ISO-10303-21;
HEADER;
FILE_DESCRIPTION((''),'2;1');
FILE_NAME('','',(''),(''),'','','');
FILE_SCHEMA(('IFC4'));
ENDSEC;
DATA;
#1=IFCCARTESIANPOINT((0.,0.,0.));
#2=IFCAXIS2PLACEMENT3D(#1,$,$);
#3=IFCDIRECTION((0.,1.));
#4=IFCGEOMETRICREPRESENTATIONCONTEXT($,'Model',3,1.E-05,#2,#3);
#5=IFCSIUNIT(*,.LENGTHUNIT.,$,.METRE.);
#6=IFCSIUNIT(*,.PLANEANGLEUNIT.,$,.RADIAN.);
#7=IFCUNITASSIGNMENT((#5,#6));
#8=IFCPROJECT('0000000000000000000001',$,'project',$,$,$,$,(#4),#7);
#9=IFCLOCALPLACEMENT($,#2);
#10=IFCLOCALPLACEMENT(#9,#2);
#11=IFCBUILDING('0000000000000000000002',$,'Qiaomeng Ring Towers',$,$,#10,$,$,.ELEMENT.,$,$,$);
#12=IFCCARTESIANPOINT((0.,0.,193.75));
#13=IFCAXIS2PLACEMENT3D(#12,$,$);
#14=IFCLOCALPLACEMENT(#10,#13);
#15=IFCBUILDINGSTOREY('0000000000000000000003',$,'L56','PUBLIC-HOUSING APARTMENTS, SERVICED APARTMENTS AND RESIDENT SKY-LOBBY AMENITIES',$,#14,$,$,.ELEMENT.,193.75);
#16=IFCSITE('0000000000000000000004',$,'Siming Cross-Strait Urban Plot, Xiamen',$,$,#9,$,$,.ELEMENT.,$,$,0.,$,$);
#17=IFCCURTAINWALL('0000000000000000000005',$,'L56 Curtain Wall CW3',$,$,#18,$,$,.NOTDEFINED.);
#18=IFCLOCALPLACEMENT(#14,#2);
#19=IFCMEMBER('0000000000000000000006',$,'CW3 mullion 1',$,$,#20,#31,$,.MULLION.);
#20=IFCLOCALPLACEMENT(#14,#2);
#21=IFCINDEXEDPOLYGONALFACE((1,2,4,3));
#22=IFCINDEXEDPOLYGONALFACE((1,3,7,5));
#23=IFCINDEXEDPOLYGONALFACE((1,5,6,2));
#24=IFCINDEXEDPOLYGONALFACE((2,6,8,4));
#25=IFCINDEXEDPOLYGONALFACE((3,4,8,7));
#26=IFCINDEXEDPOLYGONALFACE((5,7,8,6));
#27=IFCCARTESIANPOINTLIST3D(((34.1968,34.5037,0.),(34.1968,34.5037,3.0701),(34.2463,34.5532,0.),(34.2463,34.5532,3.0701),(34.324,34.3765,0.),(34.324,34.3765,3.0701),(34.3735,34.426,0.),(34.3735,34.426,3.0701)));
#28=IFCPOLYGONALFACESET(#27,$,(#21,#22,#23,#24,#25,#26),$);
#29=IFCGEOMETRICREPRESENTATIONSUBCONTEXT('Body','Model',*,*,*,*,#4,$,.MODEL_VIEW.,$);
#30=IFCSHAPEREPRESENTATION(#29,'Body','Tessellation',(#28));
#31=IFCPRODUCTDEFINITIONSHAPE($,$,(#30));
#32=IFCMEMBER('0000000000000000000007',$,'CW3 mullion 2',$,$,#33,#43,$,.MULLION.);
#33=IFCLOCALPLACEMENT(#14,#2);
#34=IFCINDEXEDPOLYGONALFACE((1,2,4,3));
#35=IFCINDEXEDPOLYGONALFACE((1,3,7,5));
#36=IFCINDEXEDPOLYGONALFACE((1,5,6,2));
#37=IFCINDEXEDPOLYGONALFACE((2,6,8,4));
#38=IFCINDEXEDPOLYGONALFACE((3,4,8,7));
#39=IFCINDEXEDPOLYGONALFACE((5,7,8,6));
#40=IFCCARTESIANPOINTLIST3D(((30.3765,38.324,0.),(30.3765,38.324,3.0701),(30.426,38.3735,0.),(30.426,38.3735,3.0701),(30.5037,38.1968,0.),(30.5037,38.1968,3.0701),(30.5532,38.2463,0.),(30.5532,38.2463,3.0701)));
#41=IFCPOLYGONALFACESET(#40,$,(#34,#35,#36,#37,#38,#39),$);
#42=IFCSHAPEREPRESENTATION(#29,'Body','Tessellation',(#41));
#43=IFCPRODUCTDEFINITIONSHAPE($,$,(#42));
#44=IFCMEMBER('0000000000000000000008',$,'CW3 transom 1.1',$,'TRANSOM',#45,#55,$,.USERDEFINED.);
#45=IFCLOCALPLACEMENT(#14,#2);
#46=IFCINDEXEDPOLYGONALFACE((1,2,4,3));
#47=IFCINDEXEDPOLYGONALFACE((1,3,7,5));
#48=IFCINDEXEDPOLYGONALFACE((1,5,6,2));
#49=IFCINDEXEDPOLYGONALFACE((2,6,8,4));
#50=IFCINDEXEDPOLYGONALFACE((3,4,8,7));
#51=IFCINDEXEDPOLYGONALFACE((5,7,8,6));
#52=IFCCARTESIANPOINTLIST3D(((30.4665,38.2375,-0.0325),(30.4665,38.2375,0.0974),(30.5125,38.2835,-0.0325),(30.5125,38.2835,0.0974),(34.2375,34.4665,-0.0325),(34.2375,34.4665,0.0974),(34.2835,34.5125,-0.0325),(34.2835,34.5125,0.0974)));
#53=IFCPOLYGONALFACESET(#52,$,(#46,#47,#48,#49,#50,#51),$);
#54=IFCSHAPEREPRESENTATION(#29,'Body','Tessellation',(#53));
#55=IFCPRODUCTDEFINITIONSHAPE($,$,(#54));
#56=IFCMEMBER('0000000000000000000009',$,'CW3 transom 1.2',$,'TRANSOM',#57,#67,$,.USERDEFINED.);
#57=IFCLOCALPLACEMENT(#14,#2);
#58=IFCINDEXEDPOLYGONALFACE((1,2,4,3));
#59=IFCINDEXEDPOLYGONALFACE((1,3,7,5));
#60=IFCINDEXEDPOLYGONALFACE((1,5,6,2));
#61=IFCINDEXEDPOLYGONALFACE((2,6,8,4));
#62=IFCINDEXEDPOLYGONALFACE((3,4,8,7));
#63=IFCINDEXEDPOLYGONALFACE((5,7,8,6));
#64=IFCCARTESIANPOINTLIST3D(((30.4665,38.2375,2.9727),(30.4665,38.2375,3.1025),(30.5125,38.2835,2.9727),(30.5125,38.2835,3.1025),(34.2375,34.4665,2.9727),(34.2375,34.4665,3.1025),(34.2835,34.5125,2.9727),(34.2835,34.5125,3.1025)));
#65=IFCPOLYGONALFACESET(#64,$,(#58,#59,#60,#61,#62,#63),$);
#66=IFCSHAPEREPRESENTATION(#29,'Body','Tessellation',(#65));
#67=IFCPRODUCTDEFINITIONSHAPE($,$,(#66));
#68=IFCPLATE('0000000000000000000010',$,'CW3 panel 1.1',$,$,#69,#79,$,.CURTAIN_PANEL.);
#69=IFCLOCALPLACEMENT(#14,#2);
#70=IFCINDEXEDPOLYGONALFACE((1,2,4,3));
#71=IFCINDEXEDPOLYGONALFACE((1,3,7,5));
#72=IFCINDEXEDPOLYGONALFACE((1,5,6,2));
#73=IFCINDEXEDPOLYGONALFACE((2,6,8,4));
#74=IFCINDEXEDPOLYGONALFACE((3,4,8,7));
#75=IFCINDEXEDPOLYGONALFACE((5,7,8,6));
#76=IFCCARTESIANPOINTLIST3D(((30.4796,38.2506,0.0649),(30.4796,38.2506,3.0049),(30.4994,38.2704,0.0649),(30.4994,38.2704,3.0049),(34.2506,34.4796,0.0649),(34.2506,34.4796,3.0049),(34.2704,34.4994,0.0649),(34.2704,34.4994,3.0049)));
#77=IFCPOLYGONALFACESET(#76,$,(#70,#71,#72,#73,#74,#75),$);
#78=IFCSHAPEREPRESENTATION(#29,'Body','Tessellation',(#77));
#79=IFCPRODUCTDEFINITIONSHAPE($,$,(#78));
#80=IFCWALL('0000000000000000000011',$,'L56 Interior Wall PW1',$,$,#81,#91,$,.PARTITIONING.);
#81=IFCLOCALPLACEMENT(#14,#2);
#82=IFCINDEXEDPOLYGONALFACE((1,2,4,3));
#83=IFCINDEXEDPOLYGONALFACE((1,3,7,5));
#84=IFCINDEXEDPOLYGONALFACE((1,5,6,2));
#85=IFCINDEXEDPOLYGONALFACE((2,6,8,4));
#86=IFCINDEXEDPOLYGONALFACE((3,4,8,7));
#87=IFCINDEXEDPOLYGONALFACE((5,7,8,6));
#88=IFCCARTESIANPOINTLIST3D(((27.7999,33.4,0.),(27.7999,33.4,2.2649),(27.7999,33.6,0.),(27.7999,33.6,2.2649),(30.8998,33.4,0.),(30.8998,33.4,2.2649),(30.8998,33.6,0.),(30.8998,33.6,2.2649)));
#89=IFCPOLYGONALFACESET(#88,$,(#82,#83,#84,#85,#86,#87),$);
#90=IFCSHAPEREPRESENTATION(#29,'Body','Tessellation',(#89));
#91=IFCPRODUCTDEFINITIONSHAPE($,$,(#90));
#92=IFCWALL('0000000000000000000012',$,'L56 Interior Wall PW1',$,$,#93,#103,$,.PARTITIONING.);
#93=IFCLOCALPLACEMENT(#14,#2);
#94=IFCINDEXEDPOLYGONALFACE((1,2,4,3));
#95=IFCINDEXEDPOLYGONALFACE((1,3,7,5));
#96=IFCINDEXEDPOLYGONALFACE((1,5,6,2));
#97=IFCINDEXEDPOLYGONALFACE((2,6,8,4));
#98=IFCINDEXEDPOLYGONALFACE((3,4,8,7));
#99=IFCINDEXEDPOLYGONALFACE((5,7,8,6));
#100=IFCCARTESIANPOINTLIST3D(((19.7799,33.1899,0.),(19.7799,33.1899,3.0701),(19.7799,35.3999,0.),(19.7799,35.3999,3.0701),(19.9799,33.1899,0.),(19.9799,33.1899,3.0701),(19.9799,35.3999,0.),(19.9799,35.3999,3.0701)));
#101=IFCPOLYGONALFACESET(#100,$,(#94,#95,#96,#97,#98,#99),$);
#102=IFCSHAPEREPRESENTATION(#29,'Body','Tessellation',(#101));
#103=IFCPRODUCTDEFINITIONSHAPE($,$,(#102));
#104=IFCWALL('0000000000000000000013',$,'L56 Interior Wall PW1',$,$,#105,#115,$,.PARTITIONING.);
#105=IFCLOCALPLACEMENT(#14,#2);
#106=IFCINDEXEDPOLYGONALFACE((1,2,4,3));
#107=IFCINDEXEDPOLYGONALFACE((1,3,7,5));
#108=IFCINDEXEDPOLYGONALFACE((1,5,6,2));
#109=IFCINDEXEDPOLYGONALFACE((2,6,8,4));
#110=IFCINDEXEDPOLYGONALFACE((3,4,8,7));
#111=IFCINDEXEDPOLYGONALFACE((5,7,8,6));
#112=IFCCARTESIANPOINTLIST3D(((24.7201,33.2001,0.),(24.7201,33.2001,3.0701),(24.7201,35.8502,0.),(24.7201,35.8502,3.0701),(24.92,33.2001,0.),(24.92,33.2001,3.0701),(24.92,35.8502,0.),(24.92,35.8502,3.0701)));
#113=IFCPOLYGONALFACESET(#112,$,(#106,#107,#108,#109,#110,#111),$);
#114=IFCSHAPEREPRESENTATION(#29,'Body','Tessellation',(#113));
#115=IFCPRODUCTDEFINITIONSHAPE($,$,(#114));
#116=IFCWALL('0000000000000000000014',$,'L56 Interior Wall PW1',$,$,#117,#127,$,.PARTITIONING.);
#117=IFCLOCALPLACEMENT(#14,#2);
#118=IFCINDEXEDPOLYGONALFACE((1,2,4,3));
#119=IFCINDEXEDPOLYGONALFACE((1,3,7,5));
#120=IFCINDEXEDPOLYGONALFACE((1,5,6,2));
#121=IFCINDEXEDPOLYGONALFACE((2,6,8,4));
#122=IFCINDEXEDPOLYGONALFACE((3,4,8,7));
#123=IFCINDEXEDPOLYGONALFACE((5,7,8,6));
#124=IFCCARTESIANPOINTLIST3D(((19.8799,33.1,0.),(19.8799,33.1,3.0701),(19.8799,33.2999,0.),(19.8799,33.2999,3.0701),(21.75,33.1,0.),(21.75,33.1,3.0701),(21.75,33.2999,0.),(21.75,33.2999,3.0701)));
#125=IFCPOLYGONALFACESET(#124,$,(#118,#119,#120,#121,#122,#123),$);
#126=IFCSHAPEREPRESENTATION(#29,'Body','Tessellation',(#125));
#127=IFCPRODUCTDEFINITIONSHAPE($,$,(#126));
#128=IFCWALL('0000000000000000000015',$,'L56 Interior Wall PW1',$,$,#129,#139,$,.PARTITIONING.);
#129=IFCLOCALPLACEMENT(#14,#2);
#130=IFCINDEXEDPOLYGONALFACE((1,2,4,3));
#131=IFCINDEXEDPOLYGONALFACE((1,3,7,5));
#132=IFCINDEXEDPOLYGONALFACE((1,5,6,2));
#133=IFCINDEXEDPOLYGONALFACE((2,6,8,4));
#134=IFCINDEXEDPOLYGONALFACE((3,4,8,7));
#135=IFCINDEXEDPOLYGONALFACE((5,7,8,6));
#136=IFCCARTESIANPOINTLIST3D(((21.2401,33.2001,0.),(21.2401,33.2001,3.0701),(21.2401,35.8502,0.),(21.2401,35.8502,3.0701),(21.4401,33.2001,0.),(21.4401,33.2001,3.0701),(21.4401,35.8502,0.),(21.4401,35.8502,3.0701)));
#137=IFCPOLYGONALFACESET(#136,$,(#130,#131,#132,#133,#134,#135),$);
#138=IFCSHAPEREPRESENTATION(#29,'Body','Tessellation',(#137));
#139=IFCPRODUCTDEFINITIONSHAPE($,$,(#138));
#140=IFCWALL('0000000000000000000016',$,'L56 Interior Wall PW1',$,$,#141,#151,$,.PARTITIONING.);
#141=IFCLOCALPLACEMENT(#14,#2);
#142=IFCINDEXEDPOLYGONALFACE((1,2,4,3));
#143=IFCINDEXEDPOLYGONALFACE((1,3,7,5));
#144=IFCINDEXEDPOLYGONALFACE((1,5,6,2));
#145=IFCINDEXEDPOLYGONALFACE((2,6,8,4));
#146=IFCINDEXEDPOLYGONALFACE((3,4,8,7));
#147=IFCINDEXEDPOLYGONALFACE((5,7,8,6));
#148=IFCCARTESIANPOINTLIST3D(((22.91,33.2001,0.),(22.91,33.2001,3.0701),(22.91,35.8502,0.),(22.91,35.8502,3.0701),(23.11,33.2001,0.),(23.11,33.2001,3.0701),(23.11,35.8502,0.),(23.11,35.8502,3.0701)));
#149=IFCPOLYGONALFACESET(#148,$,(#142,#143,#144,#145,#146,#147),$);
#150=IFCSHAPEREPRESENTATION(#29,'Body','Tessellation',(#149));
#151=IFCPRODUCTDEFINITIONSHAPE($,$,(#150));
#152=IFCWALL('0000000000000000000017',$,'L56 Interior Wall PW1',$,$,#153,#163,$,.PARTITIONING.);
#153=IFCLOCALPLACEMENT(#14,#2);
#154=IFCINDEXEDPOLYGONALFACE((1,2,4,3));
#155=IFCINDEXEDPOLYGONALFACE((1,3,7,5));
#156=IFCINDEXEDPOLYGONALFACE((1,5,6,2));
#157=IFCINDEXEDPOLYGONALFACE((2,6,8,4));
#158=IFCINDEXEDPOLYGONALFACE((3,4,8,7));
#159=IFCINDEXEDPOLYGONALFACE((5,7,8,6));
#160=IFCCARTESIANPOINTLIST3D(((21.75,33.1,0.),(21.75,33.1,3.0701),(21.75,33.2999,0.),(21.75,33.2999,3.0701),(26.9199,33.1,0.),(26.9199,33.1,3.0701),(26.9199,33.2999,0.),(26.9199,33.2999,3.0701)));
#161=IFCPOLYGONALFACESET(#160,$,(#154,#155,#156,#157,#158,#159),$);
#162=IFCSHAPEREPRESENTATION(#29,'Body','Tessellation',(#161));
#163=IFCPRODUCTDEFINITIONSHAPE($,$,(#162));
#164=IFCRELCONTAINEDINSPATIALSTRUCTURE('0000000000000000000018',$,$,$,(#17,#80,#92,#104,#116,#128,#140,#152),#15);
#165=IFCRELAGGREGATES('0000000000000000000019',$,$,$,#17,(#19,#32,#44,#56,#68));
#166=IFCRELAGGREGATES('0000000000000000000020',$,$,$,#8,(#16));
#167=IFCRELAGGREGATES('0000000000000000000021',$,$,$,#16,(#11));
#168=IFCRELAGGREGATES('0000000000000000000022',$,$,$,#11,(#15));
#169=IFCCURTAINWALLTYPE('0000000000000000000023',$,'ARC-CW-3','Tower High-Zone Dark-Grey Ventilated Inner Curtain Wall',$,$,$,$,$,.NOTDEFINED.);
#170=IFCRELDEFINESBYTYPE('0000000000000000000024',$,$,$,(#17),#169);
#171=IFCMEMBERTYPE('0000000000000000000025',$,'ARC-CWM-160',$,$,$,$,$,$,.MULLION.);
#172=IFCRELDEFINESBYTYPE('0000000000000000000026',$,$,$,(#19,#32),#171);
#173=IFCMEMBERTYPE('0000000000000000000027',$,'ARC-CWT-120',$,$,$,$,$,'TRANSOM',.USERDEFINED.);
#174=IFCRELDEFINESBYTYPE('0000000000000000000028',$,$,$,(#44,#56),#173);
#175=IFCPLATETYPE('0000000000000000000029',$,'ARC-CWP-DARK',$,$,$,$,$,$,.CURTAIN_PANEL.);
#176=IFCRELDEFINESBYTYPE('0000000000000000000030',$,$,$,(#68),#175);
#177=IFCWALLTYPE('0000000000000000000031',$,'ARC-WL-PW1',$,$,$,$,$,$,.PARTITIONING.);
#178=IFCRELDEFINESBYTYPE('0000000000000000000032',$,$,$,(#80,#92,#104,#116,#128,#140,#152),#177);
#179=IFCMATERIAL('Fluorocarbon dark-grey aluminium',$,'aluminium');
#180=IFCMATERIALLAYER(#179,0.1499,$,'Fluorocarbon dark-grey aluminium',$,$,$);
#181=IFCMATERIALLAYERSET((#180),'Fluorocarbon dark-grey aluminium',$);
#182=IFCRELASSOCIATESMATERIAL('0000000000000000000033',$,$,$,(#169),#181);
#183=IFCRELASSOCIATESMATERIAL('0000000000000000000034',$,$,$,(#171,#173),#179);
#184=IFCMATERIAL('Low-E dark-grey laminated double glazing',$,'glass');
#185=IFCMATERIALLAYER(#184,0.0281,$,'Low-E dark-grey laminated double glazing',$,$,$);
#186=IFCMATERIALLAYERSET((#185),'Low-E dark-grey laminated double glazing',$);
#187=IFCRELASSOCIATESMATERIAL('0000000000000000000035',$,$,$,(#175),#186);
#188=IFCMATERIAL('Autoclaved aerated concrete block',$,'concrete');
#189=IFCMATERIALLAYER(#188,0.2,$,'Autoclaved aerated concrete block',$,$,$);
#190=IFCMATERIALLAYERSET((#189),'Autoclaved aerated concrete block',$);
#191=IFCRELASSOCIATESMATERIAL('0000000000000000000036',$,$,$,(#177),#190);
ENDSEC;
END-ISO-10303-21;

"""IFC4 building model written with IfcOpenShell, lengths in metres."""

from ifc_helpers import new_model, si_unit, direction, frame, frame_2d, origin, origin_2d, place, context, subcontext, project, spatial, rectangle, extrude, source, transform, mapped, material, layer, layer_set, material_profile, profile_set, type_object, element, aggregate, save


model = new_model("IFC4")

# Units and contexts
model_context = context("Model", 3, precision=1e-05, world=origin(), true_north=direction((0.0, 1.0)))
body_context = subcontext(model_context, "Body", "Model", "MODEL_VIEW")
ifc_project = project(units=[si_unit("LENGTHUNIT", "METRE"), si_unit("PLANEANGLEUNIT", "RADIAN")], contexts=[model_context])

# Site, building, storey
site_placement = place(None, origin())
site = spatial("IfcSite", under=ifc_project, at=site_placement, Name="Siming Cross-Strait Urban Plot, Xiamen", CompositionType="ELEMENT", RefElevation=0.0)
building_placement = place(site_placement, origin())
building = spatial("IfcBuilding", under=site, at=building_placement, Name="Qiaomeng Ring Towers", CompositionType="ELEMENT")
storey_placement = place(building_placement, frame((0.0, 0.0, 193.75)))
storey = spatial("IfcBuildingStorey", under=building, at=storey_placement, Name="L56", Description="PUBLIC-HOUSING APARTMENTS, SERVICED APARTMENTS AND RESIDENT SKY-LOBBY AMENITIES", CompositionType="ELEMENT", Elevation=193.75)

# Curtain wall, members, plate
ifc_material_1 = material(Name="Fluorocarbon dark-grey aluminium", Category="aluminium")
ifc_layer_1 = layer(ifc_material_1, 0.1499, Name="Fluorocarbon dark-grey aluminium")
ifc_layer_set_1 = layer_set([ifc_layer_1], Name="Fluorocarbon dark-grey aluminium")
curtain_wall_type = type_object("IfcCurtainWallType", Name="ARC-CW-3", Description="Tower High-Zone Dark-Grey Ventilated Inner Curtain Wall", PredefinedType="NOTDEFINED", material=ifc_layer_set_1)
curtain_wall_placement = place(storey_placement, origin())
curtain_wall = element("IfcCurtainWall", 1, at=curtain_wall_placement, inside=storey, type_object=curtain_wall_type, Name="L56 Curtain Wall CW3", PredefinedType="NOTDEFINED")
ifc_material_profile_1 = material_profile(ifc_material_1, rectangle(XDim=0.0701, YDim=0.1799, at=origin_2d()), Name="ALU MULL 70x180")
ifc_profile_set_1 = profile_set([ifc_material_profile_1], Name="Fluorocarbon dark-grey aluminium")
member_type_1 = type_object("IfcMemberType", Name="ARC-CWM-160", PredefinedType="MULLION", material=ifc_profile_set_1)
shared_shape_1 = source(origin(), body_context, "Body", "SweptSolid", [
    extrude(rectangle(XDim=0.0701, YDim=0.1799, at=origin_2d()), origin(), (0.0, 0.0, 1.0), 3.0701),
])
member_1_placement = place(storey_placement, frame((34.2852, 34.4648, 0.0), z_axis=(0.0, 0.0, 1.0), x_axis=(-0.707107, -0.707107, 0.0)))
member_1 = element("IfcMember", 2, at=member_1_placement, type_object=member_type_1, Name="CW3 mullion 1", PredefinedType="MULLION", context=body_context, shape_type="MappedRepresentation", body=[
    mapped(shared_shape_1, transform((0.0, 0.0, 0.0), x_axis=(1.0, 0.0, 0.0), y_axis=(0.0, 1.0, 0.0), z_axis=(0.0, 0.0, 1.0), scale=1.0)),
])
member_2_placement = place(storey_placement, frame((30.4648, 38.2852, 0.0), z_axis=(0.0, 0.0, 1.0), x_axis=(-0.707107, -0.707107, 0.0)))
member_2 = element("IfcMember", 3, at=member_2_placement, type_object=member_type_1, Name="CW3 mullion 2", PredefinedType="MULLION", context=body_context, shape_type="MappedRepresentation", body=[
    mapped(shared_shape_1, transform((0.0, 0.0, 0.0), x_axis=(1.0, 0.0, 0.0), y_axis=(0.0, 1.0, 0.0), z_axis=(0.0, 0.0, 1.0), scale=1.0)),
])
ifc_material_profile_2 = material_profile(ifc_material_1, rectangle(XDim=0.0649, YDim=0.1299, at=origin_2d()), Name="ALU TRAN 65x130")
ifc_profile_set_2 = profile_set([ifc_material_profile_2], Name="Fluorocarbon dark-grey aluminium")
member_type_2 = type_object("IfcMemberType", Name="ARC-CWT-120", ElementType="TRANSOM", PredefinedType="USERDEFINED", material=ifc_profile_set_2)
shared_shape_2 = source(origin(), body_context, "Body", "SweptSolid", [
    extrude(rectangle(XDim=0.0649, YDim=0.1299, at=origin_2d()), origin(), (0.0, 0.0, 1.0), 5.333),
])
member_3_placement = place(storey_placement, frame((34.2605, 34.4895, 0.0325), z_axis=(-0.707107, 0.707107, 0.0), x_axis=(-0.707107, -0.707107, 0.0)))
member_3 = element("IfcMember", 4, at=member_3_placement, type_object=member_type_2, Name="CW3 transom 1.1", ObjectType="TRANSOM", PredefinedType="USERDEFINED", context=body_context, shape_type="MappedRepresentation", body=[
    mapped(shared_shape_2, transform((0.0, 0.0, 0.0), x_axis=(1.0, 0.0, 0.0), y_axis=(0.0, 1.0, 0.0), z_axis=(0.0, 0.0, 1.0), scale=1.0)),
])
member_4_placement = place(storey_placement, frame((34.2605, 34.4895, 3.0376), z_axis=(-0.707107, 0.707107, 0.0), x_axis=(-0.707107, -0.707107, 0.0)))
member_4 = element("IfcMember", 5, at=member_4_placement, type_object=member_type_2, Name="CW3 transom 1.2", ObjectType="TRANSOM", PredefinedType="USERDEFINED", context=body_context, shape_type="MappedRepresentation", body=[
    mapped(shared_shape_2, transform((0.0, 0.0, 0.0), x_axis=(1.0, 0.0, 0.0), y_axis=(0.0, 1.0, 0.0), z_axis=(0.0, 0.0, 1.0), scale=1.0)),
])
ifc_material_2 = material(Name="Low-E dark-grey laminated double glazing", Category="glass")
ifc_layer_2 = layer(ifc_material_2, 0.0281, Name="Low-E dark-grey laminated double glazing")
ifc_layer_set_2 = layer_set([ifc_layer_2], Name="Low-E dark-grey laminated double glazing")
plate_type = type_object("IfcPlateType", Name="ARC-CWP-DARK", PredefinedType="CURTAIN_PANEL", material=ifc_layer_set_2)
shared_shape_3 = source(origin(), body_context, "Body", "SweptSolid", [
    extrude(rectangle(XDim=5.333, YDim=0.0281, at=origin_2d()), origin(), (0.0, 0.0, 1.0), 2.9399),
])
plate_placement = place(storey_placement, frame((32.375, 36.375, 0.0649), z_axis=(0.0, 0.0, 1.0), x_axis=(-0.707107, 0.707107, 0.0)))
plate = element("IfcPlate", 6, at=plate_placement, type_object=plate_type, Name="CW3 panel 1.1", PredefinedType="CURTAIN_PANEL", context=body_context, shape_type="MappedRepresentation", body=[
    mapped(shared_shape_3, transform((0.0, 0.0, 0.0), x_axis=(1.0, 0.0, 0.0), y_axis=(0.0, 1.0, 0.0), z_axis=(0.0, 0.0, 1.0), scale=1.0)),
])
aggregate(curtain_wall, [member_1, member_2, member_3, member_4, plate])

# Walls
ifc_material_3 = material(Name="Autoclaved aerated concrete block", Category="concrete")
ifc_layer_3 = layer(ifc_material_3, 0.2, Name="Autoclaved aerated concrete block")
ifc_layer_set_3 = layer_set([ifc_layer_3], Name="Autoclaved aerated concrete block")
wall_type_1 = type_object("IfcWallType", Name="ARC-WL-PW1", PredefinedType="PARTITIONING", material=ifc_layer_set_3)
wall_1_placement = place(storey_placement, frame((27.8, 33.5, 0.0), z_axis=(0.0, 0.0, 1.0), x_axis=(1.0, 0.0, 0.0)))
element("IfcWall", 7, at=wall_1_placement, inside=storey, type_object=wall_type_1, Name="L56 Interior Wall PW1", PredefinedType="PARTITIONING", context=body_context, shape_type="SweptSolid", body=[
    extrude(rectangle(XDim=3.0999, YDim=0.2, at=frame_2d((1.5498, 0.0))), origin(), (0.0, 0.0, 1.0), 2.2649),
])
wall_2_placement = place(storey_placement, frame((19.8799, 33.1899, 0.0), z_axis=(0.0, 0.0, 1.0), x_axis=(0.0, 1.0, 0.0)))
element("IfcWall", 8, at=wall_2_placement, inside=storey, type_object=wall_type_1, Name="L56 Interior Wall PW1", PredefinedType="PARTITIONING", context=body_context, shape_type="SweptSolid", body=[
    extrude(rectangle(XDim=2.21, YDim=0.2, at=frame_2d((1.105, 0.0))), origin(), (0.0, 0.0, 1.0), 3.0701),
])
wall_3_placement = place(storey_placement, frame((24.8201, 33.2, 0.0), z_axis=(0.0, 0.0, 1.0), x_axis=(0.0, 1.0, 0.0)))
element("IfcWall", 9, at=wall_3_placement, inside=storey, type_object=wall_type_1, Name="L56 Interior Wall PW1", PredefinedType="PARTITIONING", context=body_context, shape_type="SweptSolid", body=[
    extrude(rectangle(XDim=2.6501, YDim=0.2, at=frame_2d((1.3252, 0.0))), origin(), (0.0, 0.0, 1.0), 3.0701),
])
wall_4_placement = place(storey_placement, frame((19.8799, 33.2, 0.0), z_axis=(0.0, 0.0, 1.0), x_axis=(1.0, 0.0, 0.0)))
element("IfcWall", 10, at=wall_4_placement, inside=storey, type_object=wall_type_1, Name="L56 Interior Wall PW1", PredefinedType="PARTITIONING", context=body_context, shape_type="SweptSolid", body=[
    extrude(rectangle(XDim=1.8701, YDim=0.2, at=frame_2d((0.9351, 0.0))), origin(), (0.0, 0.0, 1.0), 3.0701),
])
for number, where, z_axis, x_axis, name in (
    (11, (21.3401, 33.2, 0.0), (0.0, 0.0, 1.0), (0.0, 1.0, 0.0), "L56 Interior Wall PW1"),
    (12, (23.01, 33.2, 0.0), (0.0, 0.0, 1.0), (0.0, 1.0, 0.0), "L56 Interior Wall PW1"),
):
    element("IfcWall", number, at=place(storey_placement, frame(where, z_axis=z_axis, x_axis=x_axis)), inside=storey, type_object=wall_type_1, Name=name, PredefinedType="PARTITIONING", context=body_context, shape_type="SweptSolid", body=[
        extrude(rectangle(XDim=2.6501, YDim=0.2, at=frame_2d((1.3252, 0.0))), origin(), (0.0, 0.0, 1.0), 3.0701),
    ])
wall_5_placement = place(storey_placement, frame((21.75, 33.2, 0.0), z_axis=(0.0, 0.0, 1.0), x_axis=(1.0, 0.0, 0.0)))
element("IfcWall", 13, at=wall_5_placement, inside=storey, type_object=wall_type_1, Name="L56 Interior Wall PW1", PredefinedType="PARTITIONING", context=body_context, shape_type="SweptSolid", body=[
    extrude(rectangle(XDim=5.1699, YDim=0.2, at=frame_2d((2.585, 0.0))), origin(), (0.0, 0.0, 1.0), 3.0701),
])

save(model, "model.ifc")
